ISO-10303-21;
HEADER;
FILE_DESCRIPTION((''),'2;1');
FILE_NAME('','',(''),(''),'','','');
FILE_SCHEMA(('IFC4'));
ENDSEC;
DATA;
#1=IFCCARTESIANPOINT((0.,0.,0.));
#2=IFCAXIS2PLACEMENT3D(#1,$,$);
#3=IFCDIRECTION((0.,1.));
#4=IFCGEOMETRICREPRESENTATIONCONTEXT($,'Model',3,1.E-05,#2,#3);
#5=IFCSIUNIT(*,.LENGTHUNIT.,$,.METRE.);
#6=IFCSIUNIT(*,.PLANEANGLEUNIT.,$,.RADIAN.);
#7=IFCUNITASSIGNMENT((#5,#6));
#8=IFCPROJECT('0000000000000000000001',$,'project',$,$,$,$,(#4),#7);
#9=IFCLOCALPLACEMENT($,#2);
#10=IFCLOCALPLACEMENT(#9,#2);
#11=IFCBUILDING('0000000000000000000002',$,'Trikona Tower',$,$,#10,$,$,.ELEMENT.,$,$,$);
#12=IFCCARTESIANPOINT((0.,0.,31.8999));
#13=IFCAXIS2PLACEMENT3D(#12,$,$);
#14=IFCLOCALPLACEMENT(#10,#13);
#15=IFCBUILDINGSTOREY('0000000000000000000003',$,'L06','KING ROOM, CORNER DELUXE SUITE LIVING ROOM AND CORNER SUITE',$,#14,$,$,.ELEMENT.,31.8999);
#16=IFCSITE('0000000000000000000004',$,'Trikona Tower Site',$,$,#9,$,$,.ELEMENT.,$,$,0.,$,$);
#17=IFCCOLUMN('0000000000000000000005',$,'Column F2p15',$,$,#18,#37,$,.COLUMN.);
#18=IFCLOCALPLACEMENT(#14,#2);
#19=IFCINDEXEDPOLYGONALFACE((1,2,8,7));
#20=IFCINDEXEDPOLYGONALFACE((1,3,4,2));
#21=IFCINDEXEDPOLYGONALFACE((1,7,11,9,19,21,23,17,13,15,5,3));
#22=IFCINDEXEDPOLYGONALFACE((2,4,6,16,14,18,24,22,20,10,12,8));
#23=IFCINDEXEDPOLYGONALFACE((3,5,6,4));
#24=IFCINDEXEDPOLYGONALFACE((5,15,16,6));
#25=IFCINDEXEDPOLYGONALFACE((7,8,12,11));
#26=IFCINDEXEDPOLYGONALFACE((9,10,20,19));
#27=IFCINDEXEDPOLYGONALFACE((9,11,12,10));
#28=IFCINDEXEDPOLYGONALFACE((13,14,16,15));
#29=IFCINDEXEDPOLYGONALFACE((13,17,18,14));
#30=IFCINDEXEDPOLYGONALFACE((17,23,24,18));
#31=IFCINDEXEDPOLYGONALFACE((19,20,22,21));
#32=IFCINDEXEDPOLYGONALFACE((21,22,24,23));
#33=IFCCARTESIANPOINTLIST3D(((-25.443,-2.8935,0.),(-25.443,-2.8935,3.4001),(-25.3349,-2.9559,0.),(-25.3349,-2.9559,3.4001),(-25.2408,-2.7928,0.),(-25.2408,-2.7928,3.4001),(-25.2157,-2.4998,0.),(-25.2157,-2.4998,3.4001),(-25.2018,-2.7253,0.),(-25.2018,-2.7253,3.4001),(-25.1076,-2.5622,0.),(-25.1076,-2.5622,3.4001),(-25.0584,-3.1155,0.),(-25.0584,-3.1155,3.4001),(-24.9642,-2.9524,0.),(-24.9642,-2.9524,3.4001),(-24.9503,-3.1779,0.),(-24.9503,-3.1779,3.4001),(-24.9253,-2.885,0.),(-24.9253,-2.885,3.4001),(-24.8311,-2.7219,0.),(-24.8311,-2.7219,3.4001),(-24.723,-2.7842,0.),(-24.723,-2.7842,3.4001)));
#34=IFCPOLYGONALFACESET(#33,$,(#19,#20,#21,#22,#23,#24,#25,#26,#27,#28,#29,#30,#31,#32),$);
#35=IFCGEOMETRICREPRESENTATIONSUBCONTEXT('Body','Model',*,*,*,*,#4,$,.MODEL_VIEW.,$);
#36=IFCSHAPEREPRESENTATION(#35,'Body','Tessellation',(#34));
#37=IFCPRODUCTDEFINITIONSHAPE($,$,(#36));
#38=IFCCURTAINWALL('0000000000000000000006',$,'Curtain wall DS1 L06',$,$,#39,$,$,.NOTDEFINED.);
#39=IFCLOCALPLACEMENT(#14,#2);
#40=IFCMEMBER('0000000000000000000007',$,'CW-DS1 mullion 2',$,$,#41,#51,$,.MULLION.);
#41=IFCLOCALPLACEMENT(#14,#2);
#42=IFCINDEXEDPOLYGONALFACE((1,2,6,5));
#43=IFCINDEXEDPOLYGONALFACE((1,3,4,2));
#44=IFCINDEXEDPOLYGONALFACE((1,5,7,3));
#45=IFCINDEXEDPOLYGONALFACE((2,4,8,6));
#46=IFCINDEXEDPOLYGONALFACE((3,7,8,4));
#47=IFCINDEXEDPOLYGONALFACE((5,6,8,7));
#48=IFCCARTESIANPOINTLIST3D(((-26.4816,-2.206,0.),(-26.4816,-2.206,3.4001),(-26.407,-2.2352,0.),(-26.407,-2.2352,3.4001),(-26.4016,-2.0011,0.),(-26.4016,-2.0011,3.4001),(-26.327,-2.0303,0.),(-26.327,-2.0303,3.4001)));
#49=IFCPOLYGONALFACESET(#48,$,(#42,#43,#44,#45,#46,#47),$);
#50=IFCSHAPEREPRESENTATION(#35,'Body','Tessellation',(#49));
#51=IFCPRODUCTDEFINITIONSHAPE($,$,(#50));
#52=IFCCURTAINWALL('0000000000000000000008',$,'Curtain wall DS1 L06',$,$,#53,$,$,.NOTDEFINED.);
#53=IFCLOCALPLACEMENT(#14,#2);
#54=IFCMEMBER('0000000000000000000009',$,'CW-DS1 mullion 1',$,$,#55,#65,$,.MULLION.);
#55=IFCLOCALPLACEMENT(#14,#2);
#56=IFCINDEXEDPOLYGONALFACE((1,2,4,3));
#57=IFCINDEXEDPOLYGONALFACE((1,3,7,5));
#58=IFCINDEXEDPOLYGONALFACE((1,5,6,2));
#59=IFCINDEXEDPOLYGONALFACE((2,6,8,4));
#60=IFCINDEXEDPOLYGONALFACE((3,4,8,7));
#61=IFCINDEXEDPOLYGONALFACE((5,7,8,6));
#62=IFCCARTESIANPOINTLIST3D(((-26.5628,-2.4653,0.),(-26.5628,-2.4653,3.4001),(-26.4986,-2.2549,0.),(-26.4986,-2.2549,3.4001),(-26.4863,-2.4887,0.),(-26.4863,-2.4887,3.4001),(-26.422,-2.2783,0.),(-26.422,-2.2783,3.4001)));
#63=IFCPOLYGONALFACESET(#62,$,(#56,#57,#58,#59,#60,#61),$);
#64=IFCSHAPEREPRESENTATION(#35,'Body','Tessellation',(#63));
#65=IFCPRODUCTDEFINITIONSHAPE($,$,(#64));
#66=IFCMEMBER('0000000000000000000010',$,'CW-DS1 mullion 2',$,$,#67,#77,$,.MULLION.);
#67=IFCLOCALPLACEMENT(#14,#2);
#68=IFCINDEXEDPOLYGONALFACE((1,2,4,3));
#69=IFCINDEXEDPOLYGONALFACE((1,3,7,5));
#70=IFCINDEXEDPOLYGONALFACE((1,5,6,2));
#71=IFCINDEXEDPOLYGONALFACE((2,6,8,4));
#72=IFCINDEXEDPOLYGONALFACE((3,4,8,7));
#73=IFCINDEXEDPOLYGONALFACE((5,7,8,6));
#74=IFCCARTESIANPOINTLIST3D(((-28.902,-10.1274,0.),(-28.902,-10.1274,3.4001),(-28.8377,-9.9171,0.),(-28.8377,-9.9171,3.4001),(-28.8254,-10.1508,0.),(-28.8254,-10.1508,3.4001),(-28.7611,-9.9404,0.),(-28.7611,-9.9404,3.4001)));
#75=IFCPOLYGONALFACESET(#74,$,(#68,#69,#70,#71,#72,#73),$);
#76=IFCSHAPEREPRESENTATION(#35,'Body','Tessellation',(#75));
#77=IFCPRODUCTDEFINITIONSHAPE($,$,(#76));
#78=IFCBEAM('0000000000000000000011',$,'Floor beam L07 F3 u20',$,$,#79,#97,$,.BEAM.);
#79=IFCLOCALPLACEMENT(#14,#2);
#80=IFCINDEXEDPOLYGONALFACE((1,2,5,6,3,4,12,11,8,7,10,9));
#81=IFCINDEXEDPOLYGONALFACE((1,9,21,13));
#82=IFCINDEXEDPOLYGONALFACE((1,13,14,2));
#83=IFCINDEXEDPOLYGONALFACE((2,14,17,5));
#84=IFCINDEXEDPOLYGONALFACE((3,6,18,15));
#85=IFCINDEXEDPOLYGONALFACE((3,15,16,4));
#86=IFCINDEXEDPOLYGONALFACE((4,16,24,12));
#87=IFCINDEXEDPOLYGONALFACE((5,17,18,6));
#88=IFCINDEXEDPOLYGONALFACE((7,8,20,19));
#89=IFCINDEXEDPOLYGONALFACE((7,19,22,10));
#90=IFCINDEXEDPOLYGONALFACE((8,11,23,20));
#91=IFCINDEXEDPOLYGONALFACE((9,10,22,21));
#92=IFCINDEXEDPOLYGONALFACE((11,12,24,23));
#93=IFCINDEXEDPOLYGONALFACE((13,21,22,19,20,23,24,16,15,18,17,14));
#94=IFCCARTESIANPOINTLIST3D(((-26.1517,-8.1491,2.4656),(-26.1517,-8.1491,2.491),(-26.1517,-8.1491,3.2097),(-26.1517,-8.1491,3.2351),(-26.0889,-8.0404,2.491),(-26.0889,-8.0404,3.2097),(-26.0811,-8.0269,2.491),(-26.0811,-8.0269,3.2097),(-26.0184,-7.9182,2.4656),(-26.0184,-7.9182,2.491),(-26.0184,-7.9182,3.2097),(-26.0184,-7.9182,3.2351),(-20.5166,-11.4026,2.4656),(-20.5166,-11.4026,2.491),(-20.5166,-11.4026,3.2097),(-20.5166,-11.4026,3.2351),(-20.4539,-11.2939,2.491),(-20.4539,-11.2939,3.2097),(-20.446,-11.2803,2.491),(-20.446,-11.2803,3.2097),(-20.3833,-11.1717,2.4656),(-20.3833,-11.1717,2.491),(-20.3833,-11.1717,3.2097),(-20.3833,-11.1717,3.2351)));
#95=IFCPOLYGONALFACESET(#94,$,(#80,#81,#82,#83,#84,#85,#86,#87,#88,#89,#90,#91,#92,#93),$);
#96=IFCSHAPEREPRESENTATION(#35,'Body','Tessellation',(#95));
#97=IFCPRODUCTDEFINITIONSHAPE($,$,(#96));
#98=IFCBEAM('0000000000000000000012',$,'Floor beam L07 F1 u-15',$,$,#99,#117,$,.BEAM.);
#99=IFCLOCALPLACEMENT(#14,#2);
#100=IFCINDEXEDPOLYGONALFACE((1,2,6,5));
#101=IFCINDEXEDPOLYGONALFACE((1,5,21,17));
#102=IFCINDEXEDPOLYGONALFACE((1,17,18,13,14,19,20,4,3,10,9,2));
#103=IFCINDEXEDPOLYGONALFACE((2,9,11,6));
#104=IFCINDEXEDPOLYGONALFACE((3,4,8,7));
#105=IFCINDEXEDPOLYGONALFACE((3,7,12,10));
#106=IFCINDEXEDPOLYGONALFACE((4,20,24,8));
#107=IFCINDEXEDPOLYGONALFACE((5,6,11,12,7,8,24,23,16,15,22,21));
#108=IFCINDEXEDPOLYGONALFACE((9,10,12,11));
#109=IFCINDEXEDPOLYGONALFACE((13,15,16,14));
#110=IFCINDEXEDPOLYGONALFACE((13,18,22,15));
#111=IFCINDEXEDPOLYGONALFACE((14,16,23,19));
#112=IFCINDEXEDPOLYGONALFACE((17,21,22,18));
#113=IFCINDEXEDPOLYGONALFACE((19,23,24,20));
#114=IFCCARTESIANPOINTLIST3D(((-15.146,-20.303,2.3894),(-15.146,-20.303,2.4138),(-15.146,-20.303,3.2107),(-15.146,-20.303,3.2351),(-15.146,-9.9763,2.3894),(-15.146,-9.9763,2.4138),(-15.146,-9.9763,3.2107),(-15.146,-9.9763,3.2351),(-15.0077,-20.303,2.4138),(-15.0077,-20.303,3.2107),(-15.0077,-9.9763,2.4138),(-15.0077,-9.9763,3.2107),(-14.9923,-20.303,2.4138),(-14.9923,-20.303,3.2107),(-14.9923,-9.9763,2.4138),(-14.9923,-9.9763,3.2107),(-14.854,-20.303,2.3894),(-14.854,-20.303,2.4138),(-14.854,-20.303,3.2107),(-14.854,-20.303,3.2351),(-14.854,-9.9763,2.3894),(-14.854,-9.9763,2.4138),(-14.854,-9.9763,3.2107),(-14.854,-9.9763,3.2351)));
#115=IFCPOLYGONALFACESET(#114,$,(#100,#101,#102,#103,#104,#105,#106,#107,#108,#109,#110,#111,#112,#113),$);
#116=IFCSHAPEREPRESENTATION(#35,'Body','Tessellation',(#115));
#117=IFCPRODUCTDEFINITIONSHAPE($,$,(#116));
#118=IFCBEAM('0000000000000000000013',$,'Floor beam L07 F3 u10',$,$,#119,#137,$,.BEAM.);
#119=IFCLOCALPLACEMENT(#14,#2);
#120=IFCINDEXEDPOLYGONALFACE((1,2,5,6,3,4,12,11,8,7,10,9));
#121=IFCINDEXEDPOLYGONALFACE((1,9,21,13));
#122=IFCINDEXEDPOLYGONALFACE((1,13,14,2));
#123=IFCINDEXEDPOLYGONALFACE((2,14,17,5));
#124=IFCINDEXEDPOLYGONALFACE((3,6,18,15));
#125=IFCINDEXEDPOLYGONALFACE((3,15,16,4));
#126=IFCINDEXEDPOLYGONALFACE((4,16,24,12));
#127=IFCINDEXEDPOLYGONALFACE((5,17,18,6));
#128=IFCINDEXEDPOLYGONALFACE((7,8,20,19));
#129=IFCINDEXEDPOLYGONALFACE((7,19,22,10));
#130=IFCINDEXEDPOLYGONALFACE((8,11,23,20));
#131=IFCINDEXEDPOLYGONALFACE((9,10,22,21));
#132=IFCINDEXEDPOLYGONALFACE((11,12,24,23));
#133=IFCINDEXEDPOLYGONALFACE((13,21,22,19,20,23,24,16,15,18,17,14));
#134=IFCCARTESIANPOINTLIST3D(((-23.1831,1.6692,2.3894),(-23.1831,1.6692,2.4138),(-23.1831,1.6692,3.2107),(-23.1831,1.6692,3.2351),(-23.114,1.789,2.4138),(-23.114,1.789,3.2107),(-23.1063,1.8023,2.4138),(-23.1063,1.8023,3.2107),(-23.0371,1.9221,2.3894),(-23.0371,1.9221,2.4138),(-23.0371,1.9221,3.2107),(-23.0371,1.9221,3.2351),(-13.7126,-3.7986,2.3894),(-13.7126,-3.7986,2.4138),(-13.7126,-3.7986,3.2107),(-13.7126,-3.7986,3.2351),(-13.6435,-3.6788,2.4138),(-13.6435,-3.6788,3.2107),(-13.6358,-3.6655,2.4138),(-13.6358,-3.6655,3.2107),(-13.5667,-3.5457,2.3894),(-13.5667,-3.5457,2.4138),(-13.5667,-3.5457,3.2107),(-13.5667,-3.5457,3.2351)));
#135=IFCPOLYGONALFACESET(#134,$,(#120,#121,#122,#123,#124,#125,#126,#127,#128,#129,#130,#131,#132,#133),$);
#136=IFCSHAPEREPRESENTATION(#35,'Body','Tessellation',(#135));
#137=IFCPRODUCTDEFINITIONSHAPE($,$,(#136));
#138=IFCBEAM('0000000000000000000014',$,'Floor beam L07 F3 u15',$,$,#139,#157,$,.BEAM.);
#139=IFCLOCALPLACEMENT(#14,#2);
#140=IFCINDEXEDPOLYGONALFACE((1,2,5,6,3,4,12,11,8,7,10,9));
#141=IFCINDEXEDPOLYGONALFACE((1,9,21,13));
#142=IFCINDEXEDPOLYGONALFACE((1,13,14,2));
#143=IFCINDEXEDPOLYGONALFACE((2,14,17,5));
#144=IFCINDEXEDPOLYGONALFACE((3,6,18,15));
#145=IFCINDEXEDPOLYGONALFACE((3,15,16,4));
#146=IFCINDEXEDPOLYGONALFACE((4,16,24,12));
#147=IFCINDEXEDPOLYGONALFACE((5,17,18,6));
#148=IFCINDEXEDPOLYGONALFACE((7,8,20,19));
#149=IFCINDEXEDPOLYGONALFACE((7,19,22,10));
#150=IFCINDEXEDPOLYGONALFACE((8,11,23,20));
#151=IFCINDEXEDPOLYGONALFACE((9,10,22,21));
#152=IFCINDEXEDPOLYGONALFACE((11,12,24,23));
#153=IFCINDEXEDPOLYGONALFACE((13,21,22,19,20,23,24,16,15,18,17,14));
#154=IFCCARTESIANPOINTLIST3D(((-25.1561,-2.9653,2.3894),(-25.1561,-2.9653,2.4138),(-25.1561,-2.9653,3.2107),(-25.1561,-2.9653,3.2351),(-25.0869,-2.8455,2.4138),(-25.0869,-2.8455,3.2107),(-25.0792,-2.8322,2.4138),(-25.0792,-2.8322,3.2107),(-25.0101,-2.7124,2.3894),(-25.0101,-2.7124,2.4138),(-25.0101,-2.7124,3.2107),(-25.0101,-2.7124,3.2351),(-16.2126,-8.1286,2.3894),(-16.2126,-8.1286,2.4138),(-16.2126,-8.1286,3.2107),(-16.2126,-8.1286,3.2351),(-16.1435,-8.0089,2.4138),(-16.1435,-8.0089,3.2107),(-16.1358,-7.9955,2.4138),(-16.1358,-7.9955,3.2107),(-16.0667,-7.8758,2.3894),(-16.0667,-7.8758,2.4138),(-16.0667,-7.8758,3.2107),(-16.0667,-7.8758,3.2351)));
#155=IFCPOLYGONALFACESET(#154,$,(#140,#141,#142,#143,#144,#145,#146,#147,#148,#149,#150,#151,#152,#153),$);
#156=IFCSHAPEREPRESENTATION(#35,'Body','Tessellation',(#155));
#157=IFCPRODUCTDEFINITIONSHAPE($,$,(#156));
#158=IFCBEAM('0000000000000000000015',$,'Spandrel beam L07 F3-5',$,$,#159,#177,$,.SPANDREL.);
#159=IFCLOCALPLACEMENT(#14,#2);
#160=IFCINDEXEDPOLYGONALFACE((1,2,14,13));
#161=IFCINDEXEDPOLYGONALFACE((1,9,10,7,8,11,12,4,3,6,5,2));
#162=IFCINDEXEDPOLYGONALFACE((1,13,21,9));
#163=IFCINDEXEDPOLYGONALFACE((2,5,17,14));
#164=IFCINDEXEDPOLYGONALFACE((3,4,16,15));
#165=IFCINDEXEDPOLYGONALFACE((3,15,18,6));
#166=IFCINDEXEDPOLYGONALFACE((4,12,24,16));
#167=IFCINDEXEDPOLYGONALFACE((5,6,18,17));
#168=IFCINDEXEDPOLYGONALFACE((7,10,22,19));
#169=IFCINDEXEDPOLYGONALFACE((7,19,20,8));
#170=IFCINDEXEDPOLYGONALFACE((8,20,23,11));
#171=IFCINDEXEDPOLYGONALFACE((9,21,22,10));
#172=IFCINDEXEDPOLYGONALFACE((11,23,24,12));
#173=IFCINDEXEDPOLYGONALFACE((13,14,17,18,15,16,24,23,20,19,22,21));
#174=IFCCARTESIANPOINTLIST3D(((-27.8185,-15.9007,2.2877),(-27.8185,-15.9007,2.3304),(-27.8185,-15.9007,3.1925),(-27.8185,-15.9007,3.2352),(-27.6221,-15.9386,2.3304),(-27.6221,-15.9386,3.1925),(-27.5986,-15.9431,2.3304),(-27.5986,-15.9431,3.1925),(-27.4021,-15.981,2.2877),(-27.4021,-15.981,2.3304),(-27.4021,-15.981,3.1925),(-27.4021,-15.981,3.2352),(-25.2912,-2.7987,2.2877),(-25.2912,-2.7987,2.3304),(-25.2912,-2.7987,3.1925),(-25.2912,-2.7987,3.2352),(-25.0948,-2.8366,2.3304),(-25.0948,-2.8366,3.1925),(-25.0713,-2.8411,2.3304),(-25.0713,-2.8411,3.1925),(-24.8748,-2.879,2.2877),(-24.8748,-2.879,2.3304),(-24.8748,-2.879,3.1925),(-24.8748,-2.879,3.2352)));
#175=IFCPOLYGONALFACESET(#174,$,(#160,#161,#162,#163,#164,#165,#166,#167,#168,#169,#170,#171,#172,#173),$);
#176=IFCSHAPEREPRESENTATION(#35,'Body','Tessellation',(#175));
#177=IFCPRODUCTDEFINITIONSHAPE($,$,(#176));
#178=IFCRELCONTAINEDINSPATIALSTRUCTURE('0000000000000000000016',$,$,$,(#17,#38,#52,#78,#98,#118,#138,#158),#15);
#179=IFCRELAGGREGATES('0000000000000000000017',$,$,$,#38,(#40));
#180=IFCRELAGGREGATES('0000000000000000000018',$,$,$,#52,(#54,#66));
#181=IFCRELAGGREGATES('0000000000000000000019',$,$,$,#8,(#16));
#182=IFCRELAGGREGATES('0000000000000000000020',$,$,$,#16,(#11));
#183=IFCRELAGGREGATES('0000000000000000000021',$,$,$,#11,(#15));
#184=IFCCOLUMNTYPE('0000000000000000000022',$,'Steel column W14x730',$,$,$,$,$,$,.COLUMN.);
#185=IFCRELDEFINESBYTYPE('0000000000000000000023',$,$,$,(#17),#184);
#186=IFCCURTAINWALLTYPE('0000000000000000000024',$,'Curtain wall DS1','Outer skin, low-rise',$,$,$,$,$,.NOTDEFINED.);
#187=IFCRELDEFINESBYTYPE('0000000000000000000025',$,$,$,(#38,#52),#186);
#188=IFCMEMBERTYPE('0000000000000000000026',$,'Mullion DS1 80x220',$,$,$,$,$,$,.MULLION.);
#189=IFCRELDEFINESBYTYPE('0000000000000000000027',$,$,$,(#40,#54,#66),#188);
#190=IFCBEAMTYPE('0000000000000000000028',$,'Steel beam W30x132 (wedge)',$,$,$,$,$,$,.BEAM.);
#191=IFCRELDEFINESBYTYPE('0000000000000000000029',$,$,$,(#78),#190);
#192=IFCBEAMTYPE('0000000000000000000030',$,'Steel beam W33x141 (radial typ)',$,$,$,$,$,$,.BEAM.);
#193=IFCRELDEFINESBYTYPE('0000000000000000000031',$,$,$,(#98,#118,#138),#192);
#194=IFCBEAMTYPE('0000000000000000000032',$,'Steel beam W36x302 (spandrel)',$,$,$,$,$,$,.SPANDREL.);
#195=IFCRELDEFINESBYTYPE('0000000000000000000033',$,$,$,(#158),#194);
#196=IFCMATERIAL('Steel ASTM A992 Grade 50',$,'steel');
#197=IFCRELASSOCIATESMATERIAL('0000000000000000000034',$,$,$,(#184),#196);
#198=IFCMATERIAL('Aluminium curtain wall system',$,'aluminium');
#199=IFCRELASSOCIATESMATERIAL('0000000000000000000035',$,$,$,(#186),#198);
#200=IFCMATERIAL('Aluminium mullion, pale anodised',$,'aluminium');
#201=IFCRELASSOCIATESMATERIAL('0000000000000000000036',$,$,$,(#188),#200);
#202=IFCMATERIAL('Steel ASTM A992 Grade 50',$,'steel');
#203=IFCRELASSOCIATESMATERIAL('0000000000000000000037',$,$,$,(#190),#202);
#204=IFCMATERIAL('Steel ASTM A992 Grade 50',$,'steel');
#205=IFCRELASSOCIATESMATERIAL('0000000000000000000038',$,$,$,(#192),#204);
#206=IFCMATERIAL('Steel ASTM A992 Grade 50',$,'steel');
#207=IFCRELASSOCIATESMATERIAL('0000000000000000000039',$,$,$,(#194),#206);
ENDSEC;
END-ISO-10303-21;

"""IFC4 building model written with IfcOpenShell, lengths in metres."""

from ifc_helpers import new_model, si_unit, direction, frame, origin, origin_2d, place, context, subcontext, project, spatial, rectangle, i_section, extrude, material, material_profile, profile_set, type_object, element, aggregate, save


model = new_model("IFC4")

# Units and contexts
model_context = context("Model", 3, precision=1e-05, world=origin(), true_north=direction((0.0, 1.0)))
body_context = subcontext(model_context, "Body", "Model", "MODEL_VIEW")
ifc_project = project(units=[si_unit("LENGTHUNIT", "METRE"), si_unit("PLANEANGLEUNIT", "RADIAN")], contexts=[model_context])

# Site, building, storey
site_placement = place(None, origin())
site = spatial("IfcSite", under=ifc_project, at=site_placement, Name="Trikona Tower Site", CompositionType="ELEMENT", RefElevation=0.0)
building_placement = place(site_placement, origin())
building = spatial("IfcBuilding", under=site, at=building_placement, Name="Trikona Tower", CompositionType="ELEMENT")
storey_placement = place(building_placement, frame((0.0, 0.0, 31.8999)))
storey = spatial("IfcBuildingStorey", under=building, at=storey_placement, Name="L06", Description="KING ROOM, CORNER DELUXE SUITE LIVING ROOM AND CORNER SUITE", CompositionType="ELEMENT", Elevation=31.8999)

# Column
ifc_material_1 = material(Name="Steel ASTM A992 Grade 50", Category="steel")
ifc_material_profile_1 = material_profile(ifc_material_1, i_section(OverallWidth=0.4546, OverallDepth=0.5688, WebThickness=0.0779, FlangeThickness=0.1248, at=origin_2d()), Name="W14X730")
ifc_profile_set_1 = profile_set([ifc_material_profile_1], Name="Steel ASTM A992 Grade 50")
column_type = type_object("IfcColumnType", Name="Steel column W14x730", PredefinedType="COLUMN", material=ifc_profile_set_1)
column_placement = place(storey_placement, frame((-25.083, -2.8389, 0.0), z_axis=(0.0, 0.0, 1.0), x_axis=(-0.5, -0.866025, 0.0)))
element("IfcColumn", 1, at=column_placement, inside=storey, type_object=column_type, Name="Column F2p15", PredefinedType="COLUMN", context=body_context, shape_type="SweptSolid", body=[
    extrude(i_section(OverallWidth=0.4546, OverallDepth=0.5688, WebThickness=0.0779, FlangeThickness=0.1248, at=origin_2d()), origin(), (0.0, 0.0, 1.0), 3.4001),
])

# Curtain wall, member
ifc_material_2 = material(Name="Aluminium curtain wall system", Category="aluminium")
curtain_wall_type = type_object("IfcCurtainWallType", Name="Curtain wall DS1", Description="Outer skin, low-rise", PredefinedType="NOTDEFINED", material=ifc_material_2)
curtain_wall_1_placement = place(storey_placement, origin())
curtain_wall_1 = element("IfcCurtainWall", 2, at=curtain_wall_1_placement, inside=storey, type_object=curtain_wall_type, Name="Curtain wall DS1 L06", PredefinedType="NOTDEFINED")
ifc_material_3 = material(Name="Aluminium mullion, pale anodised", Category="aluminium")
ifc_material_profile_2 = material_profile(ifc_material_3, rectangle(XDim=0.0801, YDim=0.22, at=origin_2d()), Name="MUL-DS1")
ifc_profile_set_2 = profile_set([ifc_material_profile_2], Name="Aluminium mullion, pale anodised")
member_type_1 = type_object("IfcMemberType", Name="Mullion DS1 80x220", PredefinedType="MULLION", material=ifc_profile_set_2)
member_1_placement = place(storey_placement, frame((-26.4043, -2.1182, 0.0), z_axis=(0.0, 0.0, 1.0), x_axis=(0.931396, -0.364008, 0.0)))
member_1 = element("IfcMember", 3, at=member_1_placement, type_object=member_type_1, Name="CW-DS1 mullion 2", PredefinedType="MULLION", context=body_context, shape_type="SweptSolid", body=[
    extrude(rectangle(XDim=0.0801, YDim=0.22, at=origin_2d()), origin(), (0.0, 0.0, 1.0), 3.4001),
])
aggregate(curtain_wall_1, [member_1])

# Curtain wall, members
curtain_wall_2_placement = place(storey_placement, origin())
curtain_wall_2 = element("IfcCurtainWall", 4, at=curtain_wall_2_placement, inside=storey, type_object=curtain_wall_type, Name="Curtain wall DS1 L06", PredefinedType="NOTDEFINED")
member_2_placement = place(storey_placement, frame((-26.4924, -2.3718, 0.0), z_axis=(0.0, 0.0, 1.0), x_axis=(0.956423, -0.291984, 0.0)))
member_2 = element("IfcMember", 5, at=member_2_placement, type_object=member_type_1, Name="CW-DS1 mullion 1", PredefinedType="MULLION", context=body_context, shape_type="SweptSolid", body=[
    extrude(rectangle(XDim=0.0801, YDim=0.22, at=origin_2d()), origin(), (0.0, 0.0, 1.0), 3.4001),
])
member_3_placement = place(storey_placement, frame((-28.8315, -10.0339, 0.0), z_axis=(0.0, 0.0, 1.0), x_axis=(0.956423, -0.291984, 0.0)))
member_3 = element("IfcMember", 6, at=member_3_placement, type_object=member_type_1, Name="CW-DS1 mullion 2", PredefinedType="MULLION", context=body_context, shape_type="SweptSolid", body=[
    extrude(rectangle(XDim=0.0801, YDim=0.22, at=origin_2d()), origin(), (0.0, 0.0, 1.0), 3.4001),
])

# Beams
ifc_material_4 = material(Name="Steel ASTM A992 Grade 50", Category="steel")
ifc_material_profile_3 = material_profile(ifc_material_4, i_section(OverallWidth=0.2666, OverallDepth=0.7695, WebThickness=0.0156, FlangeThickness=0.0254, at=origin_2d()), Name="W30X132")
ifc_profile_set_3 = profile_set([ifc_material_profile_3], Name="Steel ASTM A992 Grade 50")
beam_type_1 = type_object("IfcBeamType", Name="Steel beam W30x132 (wedge)", PredefinedType="BEAM", material=ifc_profile_set_3)
beam_1_placement = place(storey_placement, frame((-20.45, -11.2871, 2.8503), z_axis=(-0.866023, 0.500005, 0.0), x_axis=(-0.500005, -0.866023, 0.0)))
element("IfcBeam", 7, at=beam_1_placement, inside=storey, type_object=beam_type_1, Name="Floor beam L07 F3 u20", PredefinedType="BEAM", context=body_context, shape_type="SweptSolid", body=[
    extrude(i_section(OverallWidth=0.2666, OverallDepth=0.7695, WebThickness=0.0156, FlangeThickness=0.0254, at=origin_2d()), origin(), (0.0, 0.0, 1.0), 6.5068),
])
ifc_material_5 = material(Name="Steel ASTM A992 Grade 50", Category="steel")
ifc_material_profile_4 = material_profile(ifc_material_5, i_section(OverallWidth=0.292, OverallDepth=0.8457, WebThickness=0.0154, FlangeThickness=0.0244, at=origin_2d()), Name="W33X141")
ifc_profile_set_4 = profile_set([ifc_material_profile_4], Name="Steel ASTM A992 Grade 50")
beam_type_2 = type_object("IfcBeamType", Name="Steel beam W33x141 (radial typ)", PredefinedType="BEAM", material=ifc_profile_set_4)
beam_2_placement = place(storey_placement, frame((-15.0, -9.9763, 2.8123), z_axis=(0.0, -1.0, 0.0), x_axis=(1.0, 0.0, 0.0)))
element("IfcBeam", 8, at=beam_2_placement, inside=storey, type_object=beam_type_2, Name="Floor beam L07 F1 u-15", PredefinedType="BEAM", context=body_context, shape_type="SweptSolid", body=[
    extrude(i_section(OverallWidth=0.292, OverallDepth=0.8457, WebThickness=0.0154, FlangeThickness=0.0244, at=origin_2d()), origin(), (0.0, 0.0, 1.0), 10.3267),
])
beam_3_placement = place(storey_placement, frame((-13.6396, -3.6721, 2.8123), z_axis=(-0.866025, 0.5, 0.0), x_axis=(-0.5, -0.866025, 0.0)))
element("IfcBeam", 9, at=beam_3_placement, inside=storey, type_object=beam_type_2, Name="Floor beam L07 F3 u10", PredefinedType="BEAM", context=body_context, shape_type="SweptSolid", body=[
    extrude(i_section(OverallWidth=0.292, OverallDepth=0.8457, WebThickness=0.0154, FlangeThickness=0.0244, at=origin_2d()), origin(), (0.0, 0.0, 1.0), 10.9355),
])
beam_4_placement = place(storey_placement, frame((-16.1396, -8.0022, 2.8123), z_axis=(-0.86603, 0.499991, 0.0), x_axis=(-0.499991, -0.86603, 0.0)))
element("IfcBeam", 10, at=beam_4_placement, inside=storey, type_object=beam_type_2, Name="Floor beam L07 F3 u15", PredefinedType="BEAM", context=body_context, shape_type="SweptSolid", body=[
    extrude(i_section(OverallWidth=0.292, OverallDepth=0.8457, WebThickness=0.0154, FlangeThickness=0.0244, at=origin_2d()), origin(), (0.0, 0.0, 1.0), 10.3269),
])
ifc_material_6 = material(Name="Steel ASTM A992 Grade 50", Category="steel")
ifc_material_profile_5 = material_profile(ifc_material_6, i_section(OverallWidth=0.4241, OverallDepth=0.9475, WebThickness=0.0239, FlangeThickness=0.0427, at=origin_2d()), Name="W36X302")
ifc_profile_set_5 = profile_set([ifc_material_profile_5], Name="Steel ASTM A992 Grade 50")
beam_type_3 = type_object("IfcBeamType", Name="Steel beam W36x302 (spandrel)", PredefinedType="SPANDREL", material=ifc_profile_set_5)
beam_5_placement = place(storey_placement, frame((-25.083, -2.8389, 2.7615), z_axis=(-0.189405, -0.981899, 0.0), x_axis=(0.981899, -0.189405, 0.0)))
element("IfcBeam", 11, at=beam_5_placement, inside=storey, type_object=beam_type_3, Name="Spandrel beam L07 F3-5", PredefinedType="SPANDREL", context=body_context, shape_type="SweptSolid", body=[
    extrude(i_section(OverallWidth=0.4241, OverallDepth=0.9475, WebThickness=0.0239, FlangeThickness=0.0427, at=origin_2d()), origin(), (0.0, 0.0, 1.0), 13.3435),
])

aggregate(curtain_wall_2, [member_2, member_3])

save(model, "model.ifc")
